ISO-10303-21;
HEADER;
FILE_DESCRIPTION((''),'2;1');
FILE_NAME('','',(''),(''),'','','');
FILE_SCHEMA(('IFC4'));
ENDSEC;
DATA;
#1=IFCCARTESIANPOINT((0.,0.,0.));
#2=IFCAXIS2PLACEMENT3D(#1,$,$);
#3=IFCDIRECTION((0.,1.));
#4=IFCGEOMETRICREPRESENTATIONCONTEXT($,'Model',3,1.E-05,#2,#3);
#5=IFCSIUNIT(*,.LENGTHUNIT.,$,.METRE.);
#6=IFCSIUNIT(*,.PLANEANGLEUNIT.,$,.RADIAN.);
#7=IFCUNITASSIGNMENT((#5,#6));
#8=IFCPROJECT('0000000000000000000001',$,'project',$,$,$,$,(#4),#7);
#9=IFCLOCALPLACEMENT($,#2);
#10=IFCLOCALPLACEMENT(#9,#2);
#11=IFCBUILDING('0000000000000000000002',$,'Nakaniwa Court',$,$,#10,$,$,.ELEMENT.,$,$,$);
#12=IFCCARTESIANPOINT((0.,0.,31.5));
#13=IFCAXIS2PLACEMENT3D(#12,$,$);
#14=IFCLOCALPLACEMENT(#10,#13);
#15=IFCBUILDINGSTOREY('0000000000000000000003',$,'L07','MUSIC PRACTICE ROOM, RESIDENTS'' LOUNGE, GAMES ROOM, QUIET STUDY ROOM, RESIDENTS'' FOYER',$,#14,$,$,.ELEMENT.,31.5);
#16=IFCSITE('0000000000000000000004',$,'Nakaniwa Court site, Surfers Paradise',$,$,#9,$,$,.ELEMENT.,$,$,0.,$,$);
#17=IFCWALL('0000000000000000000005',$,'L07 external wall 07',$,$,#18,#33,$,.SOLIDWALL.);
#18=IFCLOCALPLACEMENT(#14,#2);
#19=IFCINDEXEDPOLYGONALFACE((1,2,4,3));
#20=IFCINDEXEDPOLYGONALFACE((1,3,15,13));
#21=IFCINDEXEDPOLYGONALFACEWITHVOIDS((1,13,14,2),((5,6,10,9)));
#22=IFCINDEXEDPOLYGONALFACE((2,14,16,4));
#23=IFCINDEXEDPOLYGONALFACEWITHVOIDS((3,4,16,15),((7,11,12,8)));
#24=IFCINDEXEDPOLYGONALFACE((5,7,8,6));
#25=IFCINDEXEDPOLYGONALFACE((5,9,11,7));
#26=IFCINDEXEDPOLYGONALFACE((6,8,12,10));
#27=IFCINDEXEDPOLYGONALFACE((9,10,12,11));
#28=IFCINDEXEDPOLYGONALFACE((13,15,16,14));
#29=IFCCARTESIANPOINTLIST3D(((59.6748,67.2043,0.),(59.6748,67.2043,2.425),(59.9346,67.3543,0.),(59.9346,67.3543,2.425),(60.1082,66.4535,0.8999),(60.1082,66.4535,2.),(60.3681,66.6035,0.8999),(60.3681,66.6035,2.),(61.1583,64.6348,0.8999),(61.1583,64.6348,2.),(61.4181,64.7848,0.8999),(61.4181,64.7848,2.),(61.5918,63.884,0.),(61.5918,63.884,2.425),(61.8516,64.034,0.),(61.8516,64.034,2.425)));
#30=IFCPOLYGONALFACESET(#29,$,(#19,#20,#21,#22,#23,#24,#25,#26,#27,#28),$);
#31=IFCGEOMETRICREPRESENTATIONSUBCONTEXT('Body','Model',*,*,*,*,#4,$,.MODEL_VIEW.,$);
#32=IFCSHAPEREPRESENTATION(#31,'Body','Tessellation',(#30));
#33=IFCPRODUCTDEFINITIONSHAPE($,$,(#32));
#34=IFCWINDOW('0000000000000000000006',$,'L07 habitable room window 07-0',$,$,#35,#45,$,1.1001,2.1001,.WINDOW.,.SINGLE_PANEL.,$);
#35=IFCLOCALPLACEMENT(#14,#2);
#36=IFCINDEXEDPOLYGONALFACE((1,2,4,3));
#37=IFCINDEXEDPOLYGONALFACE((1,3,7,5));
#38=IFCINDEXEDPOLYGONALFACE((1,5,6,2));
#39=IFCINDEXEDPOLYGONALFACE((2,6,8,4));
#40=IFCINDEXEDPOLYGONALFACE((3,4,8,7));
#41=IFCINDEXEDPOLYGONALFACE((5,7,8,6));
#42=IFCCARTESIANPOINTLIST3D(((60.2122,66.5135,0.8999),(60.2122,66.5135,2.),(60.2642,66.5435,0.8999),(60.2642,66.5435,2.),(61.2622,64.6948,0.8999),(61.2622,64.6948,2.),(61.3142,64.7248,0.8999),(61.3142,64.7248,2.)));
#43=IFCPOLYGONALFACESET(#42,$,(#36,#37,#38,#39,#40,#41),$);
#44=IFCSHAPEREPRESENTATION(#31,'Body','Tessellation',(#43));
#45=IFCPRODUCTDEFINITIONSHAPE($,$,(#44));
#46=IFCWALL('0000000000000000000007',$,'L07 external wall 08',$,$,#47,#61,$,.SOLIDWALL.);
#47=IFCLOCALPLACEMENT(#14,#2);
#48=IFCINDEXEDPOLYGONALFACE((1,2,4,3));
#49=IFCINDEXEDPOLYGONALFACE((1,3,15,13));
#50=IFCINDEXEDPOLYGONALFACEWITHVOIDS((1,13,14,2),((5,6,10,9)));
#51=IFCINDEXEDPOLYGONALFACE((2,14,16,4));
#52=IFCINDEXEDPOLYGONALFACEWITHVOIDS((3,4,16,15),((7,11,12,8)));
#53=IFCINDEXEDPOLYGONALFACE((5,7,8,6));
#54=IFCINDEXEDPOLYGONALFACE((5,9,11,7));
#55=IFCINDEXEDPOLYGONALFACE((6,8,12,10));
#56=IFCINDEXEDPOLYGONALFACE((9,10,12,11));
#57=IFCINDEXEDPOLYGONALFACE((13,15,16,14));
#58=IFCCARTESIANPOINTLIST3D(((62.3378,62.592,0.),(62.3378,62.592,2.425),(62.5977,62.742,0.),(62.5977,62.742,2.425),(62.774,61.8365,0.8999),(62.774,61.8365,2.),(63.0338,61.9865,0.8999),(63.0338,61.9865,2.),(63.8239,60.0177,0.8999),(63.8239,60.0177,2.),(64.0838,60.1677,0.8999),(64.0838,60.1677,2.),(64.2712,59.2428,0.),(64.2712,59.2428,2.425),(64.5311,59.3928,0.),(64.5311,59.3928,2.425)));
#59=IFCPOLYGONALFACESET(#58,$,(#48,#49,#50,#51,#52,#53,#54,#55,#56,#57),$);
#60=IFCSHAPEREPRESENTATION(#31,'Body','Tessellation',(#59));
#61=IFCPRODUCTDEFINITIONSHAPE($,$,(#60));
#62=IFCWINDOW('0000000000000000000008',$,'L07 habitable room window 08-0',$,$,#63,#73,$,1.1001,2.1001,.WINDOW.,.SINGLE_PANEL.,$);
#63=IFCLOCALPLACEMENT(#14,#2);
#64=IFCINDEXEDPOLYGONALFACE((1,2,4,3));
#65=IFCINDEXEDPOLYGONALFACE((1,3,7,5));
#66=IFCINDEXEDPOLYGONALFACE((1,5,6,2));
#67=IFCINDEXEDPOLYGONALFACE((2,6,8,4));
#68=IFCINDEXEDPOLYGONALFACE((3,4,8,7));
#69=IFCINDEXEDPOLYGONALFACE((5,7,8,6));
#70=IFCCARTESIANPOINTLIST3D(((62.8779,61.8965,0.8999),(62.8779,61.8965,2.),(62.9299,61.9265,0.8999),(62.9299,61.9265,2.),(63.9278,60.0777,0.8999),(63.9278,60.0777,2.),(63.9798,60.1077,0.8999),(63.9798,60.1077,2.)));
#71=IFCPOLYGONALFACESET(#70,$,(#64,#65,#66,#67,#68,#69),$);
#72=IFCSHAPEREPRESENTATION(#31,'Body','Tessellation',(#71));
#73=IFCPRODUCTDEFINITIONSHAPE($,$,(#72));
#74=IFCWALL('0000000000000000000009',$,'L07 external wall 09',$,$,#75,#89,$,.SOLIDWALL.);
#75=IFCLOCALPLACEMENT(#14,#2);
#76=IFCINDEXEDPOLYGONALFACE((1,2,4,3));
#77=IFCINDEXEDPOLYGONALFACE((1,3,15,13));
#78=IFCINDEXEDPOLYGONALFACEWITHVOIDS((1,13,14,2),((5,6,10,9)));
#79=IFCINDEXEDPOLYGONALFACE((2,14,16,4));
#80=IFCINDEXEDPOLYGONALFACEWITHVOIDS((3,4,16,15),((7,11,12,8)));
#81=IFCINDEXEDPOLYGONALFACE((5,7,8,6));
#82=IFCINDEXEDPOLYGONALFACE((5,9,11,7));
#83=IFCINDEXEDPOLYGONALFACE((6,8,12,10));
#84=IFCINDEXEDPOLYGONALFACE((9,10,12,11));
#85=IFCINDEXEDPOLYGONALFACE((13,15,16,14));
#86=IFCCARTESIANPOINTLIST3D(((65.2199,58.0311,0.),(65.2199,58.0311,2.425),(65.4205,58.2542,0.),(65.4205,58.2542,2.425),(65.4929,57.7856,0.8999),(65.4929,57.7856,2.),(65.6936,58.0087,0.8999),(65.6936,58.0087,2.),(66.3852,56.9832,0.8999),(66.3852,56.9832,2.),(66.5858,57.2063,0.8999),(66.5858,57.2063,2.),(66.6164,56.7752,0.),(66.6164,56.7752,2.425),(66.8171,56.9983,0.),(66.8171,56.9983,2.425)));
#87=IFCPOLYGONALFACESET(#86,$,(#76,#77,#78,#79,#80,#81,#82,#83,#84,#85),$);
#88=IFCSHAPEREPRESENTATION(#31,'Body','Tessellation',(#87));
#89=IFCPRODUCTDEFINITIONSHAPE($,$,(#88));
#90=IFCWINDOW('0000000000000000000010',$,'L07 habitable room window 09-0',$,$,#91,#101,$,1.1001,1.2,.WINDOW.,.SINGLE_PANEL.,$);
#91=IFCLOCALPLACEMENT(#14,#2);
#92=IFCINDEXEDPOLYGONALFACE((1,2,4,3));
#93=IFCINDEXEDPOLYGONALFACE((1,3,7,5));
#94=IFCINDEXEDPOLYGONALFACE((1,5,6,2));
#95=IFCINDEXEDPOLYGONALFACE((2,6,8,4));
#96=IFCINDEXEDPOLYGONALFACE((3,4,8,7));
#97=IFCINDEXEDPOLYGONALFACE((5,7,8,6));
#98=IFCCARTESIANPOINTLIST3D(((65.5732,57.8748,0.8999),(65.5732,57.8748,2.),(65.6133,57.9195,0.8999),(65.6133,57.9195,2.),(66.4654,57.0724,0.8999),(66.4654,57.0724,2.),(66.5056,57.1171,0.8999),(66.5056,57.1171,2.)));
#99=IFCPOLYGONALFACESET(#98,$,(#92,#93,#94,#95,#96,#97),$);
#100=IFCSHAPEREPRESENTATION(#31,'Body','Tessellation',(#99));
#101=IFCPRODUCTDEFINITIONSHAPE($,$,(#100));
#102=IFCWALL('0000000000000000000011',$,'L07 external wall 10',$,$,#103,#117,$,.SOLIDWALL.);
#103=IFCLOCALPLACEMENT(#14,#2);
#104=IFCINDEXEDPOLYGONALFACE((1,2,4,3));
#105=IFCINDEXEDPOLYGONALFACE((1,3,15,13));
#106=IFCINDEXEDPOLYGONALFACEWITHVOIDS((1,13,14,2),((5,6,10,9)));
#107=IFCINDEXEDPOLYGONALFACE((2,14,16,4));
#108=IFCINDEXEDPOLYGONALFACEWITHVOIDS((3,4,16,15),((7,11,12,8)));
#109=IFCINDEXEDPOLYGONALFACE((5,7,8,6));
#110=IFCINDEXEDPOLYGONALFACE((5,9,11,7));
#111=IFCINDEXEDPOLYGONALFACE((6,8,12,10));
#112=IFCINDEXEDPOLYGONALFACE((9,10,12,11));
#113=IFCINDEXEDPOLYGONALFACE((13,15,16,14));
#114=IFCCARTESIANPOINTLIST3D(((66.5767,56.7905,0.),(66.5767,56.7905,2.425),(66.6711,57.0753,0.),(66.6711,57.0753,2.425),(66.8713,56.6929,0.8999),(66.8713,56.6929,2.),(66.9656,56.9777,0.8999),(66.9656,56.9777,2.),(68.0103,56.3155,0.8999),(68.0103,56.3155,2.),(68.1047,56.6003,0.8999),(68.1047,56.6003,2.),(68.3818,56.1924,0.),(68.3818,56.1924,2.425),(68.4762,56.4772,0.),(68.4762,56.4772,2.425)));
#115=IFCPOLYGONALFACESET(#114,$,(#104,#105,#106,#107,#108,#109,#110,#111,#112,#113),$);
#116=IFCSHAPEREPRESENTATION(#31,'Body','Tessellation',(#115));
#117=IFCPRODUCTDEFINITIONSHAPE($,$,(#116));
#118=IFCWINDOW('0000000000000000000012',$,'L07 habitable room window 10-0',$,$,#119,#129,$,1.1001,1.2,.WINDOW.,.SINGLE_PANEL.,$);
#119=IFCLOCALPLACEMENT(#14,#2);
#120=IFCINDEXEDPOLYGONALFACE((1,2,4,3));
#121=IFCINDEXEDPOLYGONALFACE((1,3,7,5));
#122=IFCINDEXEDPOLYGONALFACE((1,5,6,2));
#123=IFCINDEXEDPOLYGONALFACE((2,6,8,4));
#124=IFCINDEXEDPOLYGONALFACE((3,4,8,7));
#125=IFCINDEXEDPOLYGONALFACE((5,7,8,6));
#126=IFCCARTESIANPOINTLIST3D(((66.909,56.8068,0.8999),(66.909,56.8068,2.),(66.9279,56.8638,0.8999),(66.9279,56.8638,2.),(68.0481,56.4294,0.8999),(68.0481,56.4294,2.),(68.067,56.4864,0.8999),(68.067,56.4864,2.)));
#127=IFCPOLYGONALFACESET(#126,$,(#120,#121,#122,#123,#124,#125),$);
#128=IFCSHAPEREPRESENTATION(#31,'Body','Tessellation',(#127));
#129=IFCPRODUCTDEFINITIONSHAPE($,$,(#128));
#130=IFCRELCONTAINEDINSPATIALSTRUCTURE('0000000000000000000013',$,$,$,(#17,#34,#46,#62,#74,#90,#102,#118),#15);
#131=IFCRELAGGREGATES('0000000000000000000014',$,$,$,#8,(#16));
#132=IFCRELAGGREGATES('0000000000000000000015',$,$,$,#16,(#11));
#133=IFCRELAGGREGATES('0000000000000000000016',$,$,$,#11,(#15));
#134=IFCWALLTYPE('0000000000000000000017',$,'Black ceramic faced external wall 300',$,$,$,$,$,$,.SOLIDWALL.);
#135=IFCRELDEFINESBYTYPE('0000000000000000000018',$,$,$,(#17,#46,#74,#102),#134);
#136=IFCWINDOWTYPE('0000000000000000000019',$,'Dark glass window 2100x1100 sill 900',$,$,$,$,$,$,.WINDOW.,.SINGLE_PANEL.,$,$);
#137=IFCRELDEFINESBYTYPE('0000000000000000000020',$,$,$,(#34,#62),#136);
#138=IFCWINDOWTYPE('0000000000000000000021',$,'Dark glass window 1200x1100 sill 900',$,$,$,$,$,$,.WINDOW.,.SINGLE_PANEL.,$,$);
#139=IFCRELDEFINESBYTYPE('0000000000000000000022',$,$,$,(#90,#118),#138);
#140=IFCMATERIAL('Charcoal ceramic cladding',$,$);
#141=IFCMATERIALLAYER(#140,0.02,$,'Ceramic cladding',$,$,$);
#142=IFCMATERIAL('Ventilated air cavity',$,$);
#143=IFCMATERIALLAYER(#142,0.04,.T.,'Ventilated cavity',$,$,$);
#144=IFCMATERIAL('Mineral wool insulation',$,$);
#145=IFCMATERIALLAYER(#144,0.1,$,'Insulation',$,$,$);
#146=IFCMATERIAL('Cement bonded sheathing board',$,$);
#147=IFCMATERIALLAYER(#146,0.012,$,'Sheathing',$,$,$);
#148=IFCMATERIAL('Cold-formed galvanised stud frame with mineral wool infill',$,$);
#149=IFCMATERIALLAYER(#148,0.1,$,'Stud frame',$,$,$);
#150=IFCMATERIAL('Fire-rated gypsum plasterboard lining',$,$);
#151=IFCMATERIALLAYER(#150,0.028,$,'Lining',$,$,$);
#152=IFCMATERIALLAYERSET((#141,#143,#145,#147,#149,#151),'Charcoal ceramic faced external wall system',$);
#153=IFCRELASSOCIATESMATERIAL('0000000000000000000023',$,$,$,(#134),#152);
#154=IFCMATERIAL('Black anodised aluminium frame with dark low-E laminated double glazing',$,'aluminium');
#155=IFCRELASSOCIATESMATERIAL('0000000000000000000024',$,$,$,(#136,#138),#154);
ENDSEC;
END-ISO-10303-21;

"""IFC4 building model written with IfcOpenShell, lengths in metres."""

from ifc_helpers import new_model, si_unit, direction, frame, frame_2d, origin, place, context, subcontext, project, spatial, rectangle, extrude, material, layer, layer_set, type_object, element, fill, save


model = new_model("IFC4")

# Units and contexts
model_context = context("Model", 3, precision=1e-05, world=origin(), true_north=direction((0.0, 1.0)))
body_context = subcontext(model_context, "Body", "Model", "MODEL_VIEW")
ifc_project = project(units=[si_unit("LENGTHUNIT", "METRE"), si_unit("PLANEANGLEUNIT", "RADIAN")], contexts=[model_context])

# Site, building, storey
site_placement = place(None, origin())
site = spatial("IfcSite", under=ifc_project, at=site_placement, Name="Nakaniwa Court site, Surfers Paradise", CompositionType="ELEMENT", RefElevation=0.0)
building_placement = place(site_placement, origin())
building = spatial("IfcBuilding", under=site, at=building_placement, Name="Nakaniwa Court", CompositionType="ELEMENT")
storey_placement = place(building_placement, frame((0.0, 0.0, 31.5)))
storey = spatial("IfcBuildingStorey", under=building, at=storey_placement, Name="L07", Description="MUSIC PRACTICE ROOM, RESIDENTS' LOUNGE, GAMES ROOM, QUIET STUDY ROOM, RESIDENTS' FOYER", CompositionType="ELEMENT", Elevation=31.5)

# Walls, openings, windows
ifc_material_1 = material(Name="Charcoal ceramic cladding")
ifc_layer_1 = layer(ifc_material_1, 0.02, Name="Ceramic cladding")
ifc_material_2 = material(Name="Ventilated air cavity")
ifc_layer_2 = layer(ifc_material_2, 0.04, ventilated=True, Name="Ventilated cavity")
ifc_material_3 = material(Name="Mineral wool insulation")
ifc_layer_3 = layer(ifc_material_3, 0.1, Name="Insulation")
ifc_material_4 = material(Name="Cement bonded sheathing board")
ifc_layer_4 = layer(ifc_material_4, 0.012, Name="Sheathing")
ifc_material_5 = material(Name="Cold-formed galvanised stud frame with mineral wool infill")
ifc_layer_5 = layer(ifc_material_5, 0.1, Name="Stud frame")
ifc_material_6 = material(Name="Fire-rated gypsum plasterboard lining")
ifc_layer_6 = layer(ifc_material_6, 0.028, Name="Lining")
ifc_layer_set_1 = layer_set([ifc_layer_1, ifc_layer_2, ifc_layer_3, ifc_layer_4, ifc_layer_5, ifc_layer_6], Name="Charcoal ceramic faced external wall system")
wall_type = type_object("IfcWallType", Name="Black ceramic faced external wall 300", PredefinedType="SOLIDWALL", material=ifc_layer_set_1)
ifc_material_7 = material(Name="Black anodised aluminium frame with dark low-E laminated double glazing", Category="aluminium")
window_type_1 = type_object("IfcWindowType", Name="Dark glass window 2100x1100 sill 900", PartitioningType="SINGLE_PANEL", PredefinedType="WINDOW", material=ifc_material_7)
wall_1_placement = place(storey_placement, frame((59.8047, 67.2793, 0.0), z_axis=(0.0, 0.0, 1.0), x_axis=(0.500002, -0.866024, 0.0)))
wall_1 = element("IfcWall", 1, at=wall_1_placement, inside=storey, type_object=wall_type, Name="L07 external wall 07", PredefinedType="SOLIDWALL", context=body_context, shape_type="SweptSolid", body=[
    extrude(rectangle(XDim=3.834, YDim=0.3, at=frame_2d((1.917, 0.0))), origin(), (0.0, 0.0, 1.0), 2.425),
])
opening_1_placement = place(wall_1_placement, frame((0.8669, 0.0, 0.8999)))
opening_1 = element("IfcOpeningElement", 2, at=opening_1_placement, cuts=wall_1, PredefinedType="OPENING", context=body_context, shape_type="SweptSolid", body=[
    extrude(rectangle(XDim=2.1001, YDim=1.1001, at=frame_2d((1.05, 0.55))), frame((0.0, 0.1599, 0.0), z_axis=(0.0, -1.0, 0.0), x_axis=(1.0, 0.0, 0.0)), (0.0, 0.0, 1.0), 0.3201),
])
window_1_placement = place(opening_1_placement, origin())
window_1 = element("IfcWindow", 3, at=window_1_placement, inside=storey, type_object=window_type_1, Name="L07 habitable room window 07-0", OverallHeight=1.1001, OverallWidth=2.1001, PartitioningType="SINGLE_PANEL", PredefinedType="WINDOW", context=body_context, shape_type="SweptSolid", body=[
    extrude(rectangle(XDim=2.1001, YDim=1.1001, at=frame_2d((1.05, 0.55))), frame((0.0, 0.03, 0.0), z_axis=(0.0, -1.0, 0.0), x_axis=(1.0, 0.0, 0.0)), (0.0, 0.0, 1.0), 0.0601),
])
fill(opening_1, window_1)
wall_2_placement = place(storey_placement, frame((62.4678, 62.667, 0.0), z_axis=(0.0, 0.0, 1.0), x_axis=(0.499948, -0.866055, 0.0)))
wall_2 = element("IfcWall", 4, at=wall_2_placement, inside=storey, type_object=wall_type, Name="L07 external wall 08", PredefinedType="SOLIDWALL", context=body_context, shape_type="SweptSolid", body=[
    extrude(rectangle(XDim=3.8672, YDim=0.3, at=frame_2d((1.9336, 0.0))), origin(), (0.0, 0.0, 1.0), 2.425),
])
opening_2_placement = place(wall_2_placement, frame((0.8723, 0.0, 0.8999)))
opening_2 = element("IfcOpeningElement", 5, at=opening_2_placement, cuts=wall_2, PredefinedType="OPENING", context=body_context, shape_type="SweptSolid", body=[
    extrude(rectangle(XDim=2.1001, YDim=1.1001, at=frame_2d((1.05, 0.55))), frame((0.0, 0.1599, 0.0), z_axis=(0.0, -1.0, 0.0), x_axis=(1.0, 0.0, 0.0)), (0.0, 0.0, 1.0), 0.3201),
])
window_2_placement = place(opening_2_placement, origin())
window_2 = element("IfcWindow", 6, at=window_2_placement, inside=storey, type_object=window_type_1, Name="L07 habitable room window 08-0", OverallHeight=1.1001, OverallWidth=2.1001, PartitioningType="SINGLE_PANEL", PredefinedType="WINDOW", context=body_context, shape_type="SweptSolid", body=[
    extrude(rectangle(XDim=2.1001, YDim=1.1001, at=frame_2d((1.05, 0.55))), frame((0.0, 0.03, 0.0), z_axis=(0.0, -1.0, 0.0), x_axis=(1.0, 0.0, 0.0)), (0.0, 0.0, 1.0), 0.0601),
])
fill(opening_2, window_2)
wall_3_placement = place(storey_placement, frame((65.3203, 58.1426, 0.0), z_axis=(0.0, 0.0, 1.0), x_axis=(0.743553, -0.668677, 0.0)))
wall_3 = element("IfcWall", 7, at=wall_3_placement, inside=storey, type_object=wall_type, Name="L07 external wall 09", PredefinedType="SOLIDWALL", context=body_context, shape_type="SweptSolid", body=[
    extrude(rectangle(XDim=1.8782, YDim=0.3, at=frame_2d((0.939, 0.0))), origin(), (0.0, 0.0, 1.0), 2.425),
])
opening_3_placement = place(wall_3_placement, frame((0.3669, 0.0, 0.8999)))
opening_3 = element("IfcOpeningElement", 8, at=opening_3_placement, cuts=wall_3, PredefinedType="OPENING", context=body_context, shape_type="SweptSolid", body=[
    extrude(rectangle(XDim=1.2, YDim=1.1001, at=frame_2d((0.6001, 0.55))), frame((0.0, 0.1599, 0.0), z_axis=(0.0, -1.0, 0.0), x_axis=(1.0, 0.0, 0.0)), (0.0, 0.0, 1.0), 0.3201),
])
window_type_2 = type_object("IfcWindowType", Name="Dark glass window 1200x1100 sill 900", PartitioningType="SINGLE_PANEL", PredefinedType="WINDOW", material=ifc_material_7)
window_3_placement = place(opening_3_placement, origin())
window_3 = element("IfcWindow", 9, at=window_3_placement, inside=storey, type_object=window_type_2, Name="L07 habitable room window 09-0", OverallHeight=1.1001, OverallWidth=1.2, PartitioningType="SINGLE_PANEL", PredefinedType="WINDOW", context=body_context, shape_type="SweptSolid", body=[
    extrude(rectangle(XDim=1.2, YDim=1.1001, at=frame_2d((0.6001, 0.55))), frame((0.0, 0.03, 0.0), z_axis=(0.0, -1.0, 0.0), x_axis=(1.0, 0.0, 0.0)), (0.0, 0.0, 1.0), 0.0601),
])
fill(opening_3, window_3)
wall_4_placement = place(storey_placement, frame((66.624, 56.9329, 0.0), z_axis=(0.0, 0.0, 1.0), x_axis=(0.949247, -0.314533, 0.0)))
wall_4 = element("IfcWall", 10, at=wall_4_placement, inside=storey, type_object=wall_type, Name="L07 external wall 10", PredefinedType="SOLIDWALL", context=body_context, shape_type="SweptSolid", body=[
    extrude(rectangle(XDim=1.9016, YDim=0.3, at=frame_2d((0.9507, 0.0))), origin(), (0.0, 0.0, 1.0), 2.425),
])
opening_4_placement = place(wall_4_placement, frame((0.3101, 0.0, 0.8999)))
opening_4 = element("IfcOpeningElement", 11, at=opening_4_placement, cuts=wall_4, PredefinedType="OPENING", context=body_context, shape_type="SweptSolid", body=[
    extrude(rectangle(XDim=1.2, YDim=1.1001, at=frame_2d((0.6001, 0.55))), frame((0.0, 0.1599, 0.0), z_axis=(0.0, -1.0, 0.0), x_axis=(1.0, 0.0, 0.0)), (0.0, 0.0, 1.0), 0.3201),
])
window_4_placement = place(opening_4_placement, origin())
window_4 = element("IfcWindow", 12, at=window_4_placement, inside=storey, type_object=window_type_2, Name="L07 habitable room window 10-0", OverallHeight=1.1001, OverallWidth=1.2, PartitioningType="SINGLE_PANEL", PredefinedType="WINDOW", context=body_context, shape_type="SweptSolid", body=[
    extrude(rectangle(XDim=1.2, YDim=1.1001, at=frame_2d((0.6001, 0.55))), frame((0.0, 0.03, 0.0), z_axis=(0.0, -1.0, 0.0), x_axis=(1.0, 0.0, 0.0)), (0.0, 0.0, 1.0), 0.0601),
])
fill(opening_4, window_4)

save(model, "model.ifc")
